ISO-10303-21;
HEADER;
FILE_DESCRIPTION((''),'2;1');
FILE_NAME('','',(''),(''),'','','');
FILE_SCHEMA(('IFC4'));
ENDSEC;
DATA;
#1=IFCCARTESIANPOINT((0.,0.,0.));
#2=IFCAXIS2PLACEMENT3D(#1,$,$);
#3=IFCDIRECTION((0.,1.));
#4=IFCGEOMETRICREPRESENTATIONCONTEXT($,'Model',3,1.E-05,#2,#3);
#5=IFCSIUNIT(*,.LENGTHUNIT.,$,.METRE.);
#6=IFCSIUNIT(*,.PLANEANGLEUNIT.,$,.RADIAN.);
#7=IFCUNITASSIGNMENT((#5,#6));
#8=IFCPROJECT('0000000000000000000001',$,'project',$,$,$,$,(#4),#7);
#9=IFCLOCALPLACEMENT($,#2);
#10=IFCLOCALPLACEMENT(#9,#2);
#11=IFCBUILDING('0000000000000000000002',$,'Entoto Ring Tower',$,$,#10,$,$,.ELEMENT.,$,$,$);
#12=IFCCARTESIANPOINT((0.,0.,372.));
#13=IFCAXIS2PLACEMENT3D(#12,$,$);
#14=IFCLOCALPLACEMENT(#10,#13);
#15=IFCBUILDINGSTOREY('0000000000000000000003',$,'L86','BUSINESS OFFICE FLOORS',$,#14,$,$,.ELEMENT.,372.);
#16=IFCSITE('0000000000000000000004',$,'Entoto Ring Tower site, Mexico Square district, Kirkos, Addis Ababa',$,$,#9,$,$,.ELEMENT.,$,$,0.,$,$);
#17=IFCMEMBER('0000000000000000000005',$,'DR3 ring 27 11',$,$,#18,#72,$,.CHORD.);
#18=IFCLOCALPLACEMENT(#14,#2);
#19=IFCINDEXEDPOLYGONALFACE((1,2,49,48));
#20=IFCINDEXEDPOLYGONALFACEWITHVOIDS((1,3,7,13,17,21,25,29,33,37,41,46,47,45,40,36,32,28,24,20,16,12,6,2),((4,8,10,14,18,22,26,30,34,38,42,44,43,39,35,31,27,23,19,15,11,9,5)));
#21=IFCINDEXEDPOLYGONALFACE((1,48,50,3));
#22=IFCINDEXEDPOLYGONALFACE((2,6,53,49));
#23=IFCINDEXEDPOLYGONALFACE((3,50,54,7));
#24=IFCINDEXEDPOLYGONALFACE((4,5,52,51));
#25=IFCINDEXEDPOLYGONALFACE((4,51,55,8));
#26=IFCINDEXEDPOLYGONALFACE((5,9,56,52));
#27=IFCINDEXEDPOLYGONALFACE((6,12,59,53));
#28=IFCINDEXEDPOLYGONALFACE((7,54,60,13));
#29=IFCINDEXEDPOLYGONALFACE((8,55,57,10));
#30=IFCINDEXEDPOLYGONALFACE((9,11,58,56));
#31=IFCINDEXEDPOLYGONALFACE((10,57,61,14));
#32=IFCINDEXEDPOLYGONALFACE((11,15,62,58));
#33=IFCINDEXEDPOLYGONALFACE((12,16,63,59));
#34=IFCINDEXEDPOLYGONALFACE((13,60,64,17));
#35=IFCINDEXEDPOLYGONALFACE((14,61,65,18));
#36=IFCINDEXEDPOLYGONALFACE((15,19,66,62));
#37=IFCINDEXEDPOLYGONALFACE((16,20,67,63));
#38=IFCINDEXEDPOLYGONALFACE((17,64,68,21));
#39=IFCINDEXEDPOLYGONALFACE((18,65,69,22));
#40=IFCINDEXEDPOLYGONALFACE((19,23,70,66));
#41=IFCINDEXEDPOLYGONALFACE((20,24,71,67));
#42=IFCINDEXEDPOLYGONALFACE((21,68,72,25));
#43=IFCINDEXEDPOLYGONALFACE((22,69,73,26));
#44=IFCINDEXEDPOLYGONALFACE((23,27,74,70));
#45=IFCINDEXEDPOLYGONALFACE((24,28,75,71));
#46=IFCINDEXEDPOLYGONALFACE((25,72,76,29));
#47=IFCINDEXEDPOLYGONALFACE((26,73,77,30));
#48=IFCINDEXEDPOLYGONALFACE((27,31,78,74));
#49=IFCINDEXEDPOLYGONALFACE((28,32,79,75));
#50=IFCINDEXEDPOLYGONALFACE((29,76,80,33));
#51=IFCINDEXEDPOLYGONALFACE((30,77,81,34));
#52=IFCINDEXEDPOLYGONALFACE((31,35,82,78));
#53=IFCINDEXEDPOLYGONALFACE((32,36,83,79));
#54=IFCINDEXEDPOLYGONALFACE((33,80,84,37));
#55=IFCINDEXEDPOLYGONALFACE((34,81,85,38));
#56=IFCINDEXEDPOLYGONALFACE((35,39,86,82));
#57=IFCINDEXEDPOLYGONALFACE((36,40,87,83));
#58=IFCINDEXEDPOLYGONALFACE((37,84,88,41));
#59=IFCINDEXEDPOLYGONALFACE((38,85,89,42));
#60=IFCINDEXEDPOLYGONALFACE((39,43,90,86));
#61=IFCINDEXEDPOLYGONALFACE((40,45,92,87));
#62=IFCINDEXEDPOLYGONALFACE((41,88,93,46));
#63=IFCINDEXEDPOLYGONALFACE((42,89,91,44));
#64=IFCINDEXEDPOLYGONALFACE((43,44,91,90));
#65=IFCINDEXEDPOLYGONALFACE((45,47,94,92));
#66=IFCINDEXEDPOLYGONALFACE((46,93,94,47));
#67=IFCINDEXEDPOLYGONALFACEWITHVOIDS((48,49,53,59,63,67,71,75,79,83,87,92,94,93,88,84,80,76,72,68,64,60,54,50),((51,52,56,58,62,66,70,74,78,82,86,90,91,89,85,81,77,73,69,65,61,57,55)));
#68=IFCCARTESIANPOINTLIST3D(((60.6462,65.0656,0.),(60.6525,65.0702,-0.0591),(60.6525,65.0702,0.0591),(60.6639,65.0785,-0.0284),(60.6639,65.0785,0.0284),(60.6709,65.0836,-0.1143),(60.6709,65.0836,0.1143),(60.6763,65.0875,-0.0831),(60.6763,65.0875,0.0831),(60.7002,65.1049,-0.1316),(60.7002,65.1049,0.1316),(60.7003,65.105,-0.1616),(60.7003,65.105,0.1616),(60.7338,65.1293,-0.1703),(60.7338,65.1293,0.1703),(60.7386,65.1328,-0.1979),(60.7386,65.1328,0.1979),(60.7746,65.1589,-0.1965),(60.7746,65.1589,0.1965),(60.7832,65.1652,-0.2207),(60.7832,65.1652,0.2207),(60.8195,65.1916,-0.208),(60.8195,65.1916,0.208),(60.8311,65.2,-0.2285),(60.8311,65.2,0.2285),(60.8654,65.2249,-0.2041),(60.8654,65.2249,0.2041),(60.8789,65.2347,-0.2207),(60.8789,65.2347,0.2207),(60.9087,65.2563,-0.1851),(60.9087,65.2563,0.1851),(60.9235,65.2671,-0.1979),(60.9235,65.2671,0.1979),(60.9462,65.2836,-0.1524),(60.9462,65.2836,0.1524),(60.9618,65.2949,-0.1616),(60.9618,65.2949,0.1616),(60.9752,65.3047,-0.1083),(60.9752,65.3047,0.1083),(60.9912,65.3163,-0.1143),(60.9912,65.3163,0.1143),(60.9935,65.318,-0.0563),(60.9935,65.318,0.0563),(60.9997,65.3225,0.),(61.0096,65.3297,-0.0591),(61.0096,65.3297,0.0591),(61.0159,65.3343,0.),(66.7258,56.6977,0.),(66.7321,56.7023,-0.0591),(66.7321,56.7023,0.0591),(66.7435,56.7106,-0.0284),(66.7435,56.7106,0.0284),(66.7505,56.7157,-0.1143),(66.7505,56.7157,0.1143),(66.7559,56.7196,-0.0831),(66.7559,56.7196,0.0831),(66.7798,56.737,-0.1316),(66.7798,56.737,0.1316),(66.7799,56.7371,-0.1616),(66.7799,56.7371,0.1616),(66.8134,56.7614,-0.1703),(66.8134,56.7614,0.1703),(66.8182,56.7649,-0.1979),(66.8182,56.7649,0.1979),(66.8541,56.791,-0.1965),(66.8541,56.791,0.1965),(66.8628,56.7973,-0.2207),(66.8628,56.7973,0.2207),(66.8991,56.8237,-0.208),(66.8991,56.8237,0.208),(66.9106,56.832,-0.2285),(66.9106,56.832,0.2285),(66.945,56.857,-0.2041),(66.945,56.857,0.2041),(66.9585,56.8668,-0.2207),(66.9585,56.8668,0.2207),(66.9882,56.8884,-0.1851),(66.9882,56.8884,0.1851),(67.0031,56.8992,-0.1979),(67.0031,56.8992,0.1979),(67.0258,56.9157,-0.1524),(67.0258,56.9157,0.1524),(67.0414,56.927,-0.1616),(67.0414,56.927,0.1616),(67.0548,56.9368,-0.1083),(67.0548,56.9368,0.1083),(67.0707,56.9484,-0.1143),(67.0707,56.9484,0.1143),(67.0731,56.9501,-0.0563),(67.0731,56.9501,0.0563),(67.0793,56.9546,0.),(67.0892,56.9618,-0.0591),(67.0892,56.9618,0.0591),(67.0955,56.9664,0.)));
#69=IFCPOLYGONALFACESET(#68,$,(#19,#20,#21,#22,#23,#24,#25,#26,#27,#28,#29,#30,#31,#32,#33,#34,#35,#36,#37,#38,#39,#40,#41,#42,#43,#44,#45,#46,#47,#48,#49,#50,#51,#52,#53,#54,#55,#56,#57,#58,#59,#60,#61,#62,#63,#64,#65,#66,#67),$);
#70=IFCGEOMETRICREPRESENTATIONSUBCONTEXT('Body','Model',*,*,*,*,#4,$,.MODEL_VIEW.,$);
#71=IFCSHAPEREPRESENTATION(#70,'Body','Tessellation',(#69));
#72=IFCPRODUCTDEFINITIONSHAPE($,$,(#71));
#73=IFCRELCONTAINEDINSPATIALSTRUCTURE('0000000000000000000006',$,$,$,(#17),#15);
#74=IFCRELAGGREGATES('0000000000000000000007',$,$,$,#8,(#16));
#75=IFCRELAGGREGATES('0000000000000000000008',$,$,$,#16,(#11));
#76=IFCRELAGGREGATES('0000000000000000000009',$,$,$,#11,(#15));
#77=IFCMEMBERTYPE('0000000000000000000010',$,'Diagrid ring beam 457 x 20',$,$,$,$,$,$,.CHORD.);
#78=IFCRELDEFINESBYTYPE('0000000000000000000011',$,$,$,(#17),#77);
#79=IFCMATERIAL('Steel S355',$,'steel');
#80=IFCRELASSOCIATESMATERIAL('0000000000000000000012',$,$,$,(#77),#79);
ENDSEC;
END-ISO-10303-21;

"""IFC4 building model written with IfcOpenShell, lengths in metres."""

from ifc_helpers import new_model, si_unit, direction, frame, origin, origin_2d, place, context, subcontext, project, spatial, circle, hollow_circle, extrude, material, material_profile, profile_set, type_object, element, save


model = new_model("IFC4")

# Units and contexts
model_context = context("Model", 3, precision=1e-05, world=origin(), true_north=direction((0.0, 1.0)))
body_context = subcontext(model_context, "Body", "Model", "MODEL_VIEW")
ifc_project = project(units=[si_unit("LENGTHUNIT", "METRE"), si_unit("PLANEANGLEUNIT", "RADIAN")], contexts=[model_context])

# Site, building, storey
site_placement = place(None, origin())
site = spatial("IfcSite", under=ifc_project, at=site_placement, Name="Entoto Ring Tower site, Mexico Square district, Kirkos, Addis Ababa", CompositionType="ELEMENT", RefElevation=0.0)
building_placement = place(site_placement, origin())
building = spatial("IfcBuilding", under=site, at=building_placement, Name="Entoto Ring Tower", CompositionType="ELEMENT")
storey_placement = place(building_placement, frame((0.0, 0.0, 372.0)))
storey = spatial("IfcBuildingStorey", under=building, at=storey_placement, Name="L86", Description="BUSINESS OFFICE FLOORS", CompositionType="ELEMENT", Elevation=372.0)

# Member
ifc_material_1 = material(Name="Steel S355", Category="steel")
ifc_material_profile_1 = material_profile(ifc_material_1, hollow_circle(Radius=0.2285, WallThickness=0.02, at=origin_2d()), Name="CHS 457 x 20")
ifc_material_2 = material(Name="Concrete C60/75", Category="concrete")
ifc_material_profile_2 = material_profile(ifc_material_2, circle(Radius=0.2085, at=origin_2d()), Name="Concrete C60/75 infill")
ifc_profile_set = profile_set([ifc_material_profile_1, ifc_material_profile_2], Name="Steel S355")
member_type = type_object("IfcMemberType", Name="Diagrid ring beam 457 x 20", PredefinedType="CHORD", material=ifc_profile_set)
member_placement = place(storey_placement, frame((60.8311, 65.2, 0.0), z_axis=(0.587781, -0.80902, 0.0), x_axis=(0.80902, 0.587781, 0.0)))
element("IfcMember", 1, at=member_placement, inside=storey, type_object=member_type, Name="DR3 ring 27 11", PredefinedType="CHORD", context=body_context, shape_type="SweptSolid", body=[
    extrude(hollow_circle(Radius=0.2285, WallThickness=0.02, at=origin_2d()), origin(), (0.0, 0.0, 1.0), 10.3433),
])

save(model, "model.ifc")
